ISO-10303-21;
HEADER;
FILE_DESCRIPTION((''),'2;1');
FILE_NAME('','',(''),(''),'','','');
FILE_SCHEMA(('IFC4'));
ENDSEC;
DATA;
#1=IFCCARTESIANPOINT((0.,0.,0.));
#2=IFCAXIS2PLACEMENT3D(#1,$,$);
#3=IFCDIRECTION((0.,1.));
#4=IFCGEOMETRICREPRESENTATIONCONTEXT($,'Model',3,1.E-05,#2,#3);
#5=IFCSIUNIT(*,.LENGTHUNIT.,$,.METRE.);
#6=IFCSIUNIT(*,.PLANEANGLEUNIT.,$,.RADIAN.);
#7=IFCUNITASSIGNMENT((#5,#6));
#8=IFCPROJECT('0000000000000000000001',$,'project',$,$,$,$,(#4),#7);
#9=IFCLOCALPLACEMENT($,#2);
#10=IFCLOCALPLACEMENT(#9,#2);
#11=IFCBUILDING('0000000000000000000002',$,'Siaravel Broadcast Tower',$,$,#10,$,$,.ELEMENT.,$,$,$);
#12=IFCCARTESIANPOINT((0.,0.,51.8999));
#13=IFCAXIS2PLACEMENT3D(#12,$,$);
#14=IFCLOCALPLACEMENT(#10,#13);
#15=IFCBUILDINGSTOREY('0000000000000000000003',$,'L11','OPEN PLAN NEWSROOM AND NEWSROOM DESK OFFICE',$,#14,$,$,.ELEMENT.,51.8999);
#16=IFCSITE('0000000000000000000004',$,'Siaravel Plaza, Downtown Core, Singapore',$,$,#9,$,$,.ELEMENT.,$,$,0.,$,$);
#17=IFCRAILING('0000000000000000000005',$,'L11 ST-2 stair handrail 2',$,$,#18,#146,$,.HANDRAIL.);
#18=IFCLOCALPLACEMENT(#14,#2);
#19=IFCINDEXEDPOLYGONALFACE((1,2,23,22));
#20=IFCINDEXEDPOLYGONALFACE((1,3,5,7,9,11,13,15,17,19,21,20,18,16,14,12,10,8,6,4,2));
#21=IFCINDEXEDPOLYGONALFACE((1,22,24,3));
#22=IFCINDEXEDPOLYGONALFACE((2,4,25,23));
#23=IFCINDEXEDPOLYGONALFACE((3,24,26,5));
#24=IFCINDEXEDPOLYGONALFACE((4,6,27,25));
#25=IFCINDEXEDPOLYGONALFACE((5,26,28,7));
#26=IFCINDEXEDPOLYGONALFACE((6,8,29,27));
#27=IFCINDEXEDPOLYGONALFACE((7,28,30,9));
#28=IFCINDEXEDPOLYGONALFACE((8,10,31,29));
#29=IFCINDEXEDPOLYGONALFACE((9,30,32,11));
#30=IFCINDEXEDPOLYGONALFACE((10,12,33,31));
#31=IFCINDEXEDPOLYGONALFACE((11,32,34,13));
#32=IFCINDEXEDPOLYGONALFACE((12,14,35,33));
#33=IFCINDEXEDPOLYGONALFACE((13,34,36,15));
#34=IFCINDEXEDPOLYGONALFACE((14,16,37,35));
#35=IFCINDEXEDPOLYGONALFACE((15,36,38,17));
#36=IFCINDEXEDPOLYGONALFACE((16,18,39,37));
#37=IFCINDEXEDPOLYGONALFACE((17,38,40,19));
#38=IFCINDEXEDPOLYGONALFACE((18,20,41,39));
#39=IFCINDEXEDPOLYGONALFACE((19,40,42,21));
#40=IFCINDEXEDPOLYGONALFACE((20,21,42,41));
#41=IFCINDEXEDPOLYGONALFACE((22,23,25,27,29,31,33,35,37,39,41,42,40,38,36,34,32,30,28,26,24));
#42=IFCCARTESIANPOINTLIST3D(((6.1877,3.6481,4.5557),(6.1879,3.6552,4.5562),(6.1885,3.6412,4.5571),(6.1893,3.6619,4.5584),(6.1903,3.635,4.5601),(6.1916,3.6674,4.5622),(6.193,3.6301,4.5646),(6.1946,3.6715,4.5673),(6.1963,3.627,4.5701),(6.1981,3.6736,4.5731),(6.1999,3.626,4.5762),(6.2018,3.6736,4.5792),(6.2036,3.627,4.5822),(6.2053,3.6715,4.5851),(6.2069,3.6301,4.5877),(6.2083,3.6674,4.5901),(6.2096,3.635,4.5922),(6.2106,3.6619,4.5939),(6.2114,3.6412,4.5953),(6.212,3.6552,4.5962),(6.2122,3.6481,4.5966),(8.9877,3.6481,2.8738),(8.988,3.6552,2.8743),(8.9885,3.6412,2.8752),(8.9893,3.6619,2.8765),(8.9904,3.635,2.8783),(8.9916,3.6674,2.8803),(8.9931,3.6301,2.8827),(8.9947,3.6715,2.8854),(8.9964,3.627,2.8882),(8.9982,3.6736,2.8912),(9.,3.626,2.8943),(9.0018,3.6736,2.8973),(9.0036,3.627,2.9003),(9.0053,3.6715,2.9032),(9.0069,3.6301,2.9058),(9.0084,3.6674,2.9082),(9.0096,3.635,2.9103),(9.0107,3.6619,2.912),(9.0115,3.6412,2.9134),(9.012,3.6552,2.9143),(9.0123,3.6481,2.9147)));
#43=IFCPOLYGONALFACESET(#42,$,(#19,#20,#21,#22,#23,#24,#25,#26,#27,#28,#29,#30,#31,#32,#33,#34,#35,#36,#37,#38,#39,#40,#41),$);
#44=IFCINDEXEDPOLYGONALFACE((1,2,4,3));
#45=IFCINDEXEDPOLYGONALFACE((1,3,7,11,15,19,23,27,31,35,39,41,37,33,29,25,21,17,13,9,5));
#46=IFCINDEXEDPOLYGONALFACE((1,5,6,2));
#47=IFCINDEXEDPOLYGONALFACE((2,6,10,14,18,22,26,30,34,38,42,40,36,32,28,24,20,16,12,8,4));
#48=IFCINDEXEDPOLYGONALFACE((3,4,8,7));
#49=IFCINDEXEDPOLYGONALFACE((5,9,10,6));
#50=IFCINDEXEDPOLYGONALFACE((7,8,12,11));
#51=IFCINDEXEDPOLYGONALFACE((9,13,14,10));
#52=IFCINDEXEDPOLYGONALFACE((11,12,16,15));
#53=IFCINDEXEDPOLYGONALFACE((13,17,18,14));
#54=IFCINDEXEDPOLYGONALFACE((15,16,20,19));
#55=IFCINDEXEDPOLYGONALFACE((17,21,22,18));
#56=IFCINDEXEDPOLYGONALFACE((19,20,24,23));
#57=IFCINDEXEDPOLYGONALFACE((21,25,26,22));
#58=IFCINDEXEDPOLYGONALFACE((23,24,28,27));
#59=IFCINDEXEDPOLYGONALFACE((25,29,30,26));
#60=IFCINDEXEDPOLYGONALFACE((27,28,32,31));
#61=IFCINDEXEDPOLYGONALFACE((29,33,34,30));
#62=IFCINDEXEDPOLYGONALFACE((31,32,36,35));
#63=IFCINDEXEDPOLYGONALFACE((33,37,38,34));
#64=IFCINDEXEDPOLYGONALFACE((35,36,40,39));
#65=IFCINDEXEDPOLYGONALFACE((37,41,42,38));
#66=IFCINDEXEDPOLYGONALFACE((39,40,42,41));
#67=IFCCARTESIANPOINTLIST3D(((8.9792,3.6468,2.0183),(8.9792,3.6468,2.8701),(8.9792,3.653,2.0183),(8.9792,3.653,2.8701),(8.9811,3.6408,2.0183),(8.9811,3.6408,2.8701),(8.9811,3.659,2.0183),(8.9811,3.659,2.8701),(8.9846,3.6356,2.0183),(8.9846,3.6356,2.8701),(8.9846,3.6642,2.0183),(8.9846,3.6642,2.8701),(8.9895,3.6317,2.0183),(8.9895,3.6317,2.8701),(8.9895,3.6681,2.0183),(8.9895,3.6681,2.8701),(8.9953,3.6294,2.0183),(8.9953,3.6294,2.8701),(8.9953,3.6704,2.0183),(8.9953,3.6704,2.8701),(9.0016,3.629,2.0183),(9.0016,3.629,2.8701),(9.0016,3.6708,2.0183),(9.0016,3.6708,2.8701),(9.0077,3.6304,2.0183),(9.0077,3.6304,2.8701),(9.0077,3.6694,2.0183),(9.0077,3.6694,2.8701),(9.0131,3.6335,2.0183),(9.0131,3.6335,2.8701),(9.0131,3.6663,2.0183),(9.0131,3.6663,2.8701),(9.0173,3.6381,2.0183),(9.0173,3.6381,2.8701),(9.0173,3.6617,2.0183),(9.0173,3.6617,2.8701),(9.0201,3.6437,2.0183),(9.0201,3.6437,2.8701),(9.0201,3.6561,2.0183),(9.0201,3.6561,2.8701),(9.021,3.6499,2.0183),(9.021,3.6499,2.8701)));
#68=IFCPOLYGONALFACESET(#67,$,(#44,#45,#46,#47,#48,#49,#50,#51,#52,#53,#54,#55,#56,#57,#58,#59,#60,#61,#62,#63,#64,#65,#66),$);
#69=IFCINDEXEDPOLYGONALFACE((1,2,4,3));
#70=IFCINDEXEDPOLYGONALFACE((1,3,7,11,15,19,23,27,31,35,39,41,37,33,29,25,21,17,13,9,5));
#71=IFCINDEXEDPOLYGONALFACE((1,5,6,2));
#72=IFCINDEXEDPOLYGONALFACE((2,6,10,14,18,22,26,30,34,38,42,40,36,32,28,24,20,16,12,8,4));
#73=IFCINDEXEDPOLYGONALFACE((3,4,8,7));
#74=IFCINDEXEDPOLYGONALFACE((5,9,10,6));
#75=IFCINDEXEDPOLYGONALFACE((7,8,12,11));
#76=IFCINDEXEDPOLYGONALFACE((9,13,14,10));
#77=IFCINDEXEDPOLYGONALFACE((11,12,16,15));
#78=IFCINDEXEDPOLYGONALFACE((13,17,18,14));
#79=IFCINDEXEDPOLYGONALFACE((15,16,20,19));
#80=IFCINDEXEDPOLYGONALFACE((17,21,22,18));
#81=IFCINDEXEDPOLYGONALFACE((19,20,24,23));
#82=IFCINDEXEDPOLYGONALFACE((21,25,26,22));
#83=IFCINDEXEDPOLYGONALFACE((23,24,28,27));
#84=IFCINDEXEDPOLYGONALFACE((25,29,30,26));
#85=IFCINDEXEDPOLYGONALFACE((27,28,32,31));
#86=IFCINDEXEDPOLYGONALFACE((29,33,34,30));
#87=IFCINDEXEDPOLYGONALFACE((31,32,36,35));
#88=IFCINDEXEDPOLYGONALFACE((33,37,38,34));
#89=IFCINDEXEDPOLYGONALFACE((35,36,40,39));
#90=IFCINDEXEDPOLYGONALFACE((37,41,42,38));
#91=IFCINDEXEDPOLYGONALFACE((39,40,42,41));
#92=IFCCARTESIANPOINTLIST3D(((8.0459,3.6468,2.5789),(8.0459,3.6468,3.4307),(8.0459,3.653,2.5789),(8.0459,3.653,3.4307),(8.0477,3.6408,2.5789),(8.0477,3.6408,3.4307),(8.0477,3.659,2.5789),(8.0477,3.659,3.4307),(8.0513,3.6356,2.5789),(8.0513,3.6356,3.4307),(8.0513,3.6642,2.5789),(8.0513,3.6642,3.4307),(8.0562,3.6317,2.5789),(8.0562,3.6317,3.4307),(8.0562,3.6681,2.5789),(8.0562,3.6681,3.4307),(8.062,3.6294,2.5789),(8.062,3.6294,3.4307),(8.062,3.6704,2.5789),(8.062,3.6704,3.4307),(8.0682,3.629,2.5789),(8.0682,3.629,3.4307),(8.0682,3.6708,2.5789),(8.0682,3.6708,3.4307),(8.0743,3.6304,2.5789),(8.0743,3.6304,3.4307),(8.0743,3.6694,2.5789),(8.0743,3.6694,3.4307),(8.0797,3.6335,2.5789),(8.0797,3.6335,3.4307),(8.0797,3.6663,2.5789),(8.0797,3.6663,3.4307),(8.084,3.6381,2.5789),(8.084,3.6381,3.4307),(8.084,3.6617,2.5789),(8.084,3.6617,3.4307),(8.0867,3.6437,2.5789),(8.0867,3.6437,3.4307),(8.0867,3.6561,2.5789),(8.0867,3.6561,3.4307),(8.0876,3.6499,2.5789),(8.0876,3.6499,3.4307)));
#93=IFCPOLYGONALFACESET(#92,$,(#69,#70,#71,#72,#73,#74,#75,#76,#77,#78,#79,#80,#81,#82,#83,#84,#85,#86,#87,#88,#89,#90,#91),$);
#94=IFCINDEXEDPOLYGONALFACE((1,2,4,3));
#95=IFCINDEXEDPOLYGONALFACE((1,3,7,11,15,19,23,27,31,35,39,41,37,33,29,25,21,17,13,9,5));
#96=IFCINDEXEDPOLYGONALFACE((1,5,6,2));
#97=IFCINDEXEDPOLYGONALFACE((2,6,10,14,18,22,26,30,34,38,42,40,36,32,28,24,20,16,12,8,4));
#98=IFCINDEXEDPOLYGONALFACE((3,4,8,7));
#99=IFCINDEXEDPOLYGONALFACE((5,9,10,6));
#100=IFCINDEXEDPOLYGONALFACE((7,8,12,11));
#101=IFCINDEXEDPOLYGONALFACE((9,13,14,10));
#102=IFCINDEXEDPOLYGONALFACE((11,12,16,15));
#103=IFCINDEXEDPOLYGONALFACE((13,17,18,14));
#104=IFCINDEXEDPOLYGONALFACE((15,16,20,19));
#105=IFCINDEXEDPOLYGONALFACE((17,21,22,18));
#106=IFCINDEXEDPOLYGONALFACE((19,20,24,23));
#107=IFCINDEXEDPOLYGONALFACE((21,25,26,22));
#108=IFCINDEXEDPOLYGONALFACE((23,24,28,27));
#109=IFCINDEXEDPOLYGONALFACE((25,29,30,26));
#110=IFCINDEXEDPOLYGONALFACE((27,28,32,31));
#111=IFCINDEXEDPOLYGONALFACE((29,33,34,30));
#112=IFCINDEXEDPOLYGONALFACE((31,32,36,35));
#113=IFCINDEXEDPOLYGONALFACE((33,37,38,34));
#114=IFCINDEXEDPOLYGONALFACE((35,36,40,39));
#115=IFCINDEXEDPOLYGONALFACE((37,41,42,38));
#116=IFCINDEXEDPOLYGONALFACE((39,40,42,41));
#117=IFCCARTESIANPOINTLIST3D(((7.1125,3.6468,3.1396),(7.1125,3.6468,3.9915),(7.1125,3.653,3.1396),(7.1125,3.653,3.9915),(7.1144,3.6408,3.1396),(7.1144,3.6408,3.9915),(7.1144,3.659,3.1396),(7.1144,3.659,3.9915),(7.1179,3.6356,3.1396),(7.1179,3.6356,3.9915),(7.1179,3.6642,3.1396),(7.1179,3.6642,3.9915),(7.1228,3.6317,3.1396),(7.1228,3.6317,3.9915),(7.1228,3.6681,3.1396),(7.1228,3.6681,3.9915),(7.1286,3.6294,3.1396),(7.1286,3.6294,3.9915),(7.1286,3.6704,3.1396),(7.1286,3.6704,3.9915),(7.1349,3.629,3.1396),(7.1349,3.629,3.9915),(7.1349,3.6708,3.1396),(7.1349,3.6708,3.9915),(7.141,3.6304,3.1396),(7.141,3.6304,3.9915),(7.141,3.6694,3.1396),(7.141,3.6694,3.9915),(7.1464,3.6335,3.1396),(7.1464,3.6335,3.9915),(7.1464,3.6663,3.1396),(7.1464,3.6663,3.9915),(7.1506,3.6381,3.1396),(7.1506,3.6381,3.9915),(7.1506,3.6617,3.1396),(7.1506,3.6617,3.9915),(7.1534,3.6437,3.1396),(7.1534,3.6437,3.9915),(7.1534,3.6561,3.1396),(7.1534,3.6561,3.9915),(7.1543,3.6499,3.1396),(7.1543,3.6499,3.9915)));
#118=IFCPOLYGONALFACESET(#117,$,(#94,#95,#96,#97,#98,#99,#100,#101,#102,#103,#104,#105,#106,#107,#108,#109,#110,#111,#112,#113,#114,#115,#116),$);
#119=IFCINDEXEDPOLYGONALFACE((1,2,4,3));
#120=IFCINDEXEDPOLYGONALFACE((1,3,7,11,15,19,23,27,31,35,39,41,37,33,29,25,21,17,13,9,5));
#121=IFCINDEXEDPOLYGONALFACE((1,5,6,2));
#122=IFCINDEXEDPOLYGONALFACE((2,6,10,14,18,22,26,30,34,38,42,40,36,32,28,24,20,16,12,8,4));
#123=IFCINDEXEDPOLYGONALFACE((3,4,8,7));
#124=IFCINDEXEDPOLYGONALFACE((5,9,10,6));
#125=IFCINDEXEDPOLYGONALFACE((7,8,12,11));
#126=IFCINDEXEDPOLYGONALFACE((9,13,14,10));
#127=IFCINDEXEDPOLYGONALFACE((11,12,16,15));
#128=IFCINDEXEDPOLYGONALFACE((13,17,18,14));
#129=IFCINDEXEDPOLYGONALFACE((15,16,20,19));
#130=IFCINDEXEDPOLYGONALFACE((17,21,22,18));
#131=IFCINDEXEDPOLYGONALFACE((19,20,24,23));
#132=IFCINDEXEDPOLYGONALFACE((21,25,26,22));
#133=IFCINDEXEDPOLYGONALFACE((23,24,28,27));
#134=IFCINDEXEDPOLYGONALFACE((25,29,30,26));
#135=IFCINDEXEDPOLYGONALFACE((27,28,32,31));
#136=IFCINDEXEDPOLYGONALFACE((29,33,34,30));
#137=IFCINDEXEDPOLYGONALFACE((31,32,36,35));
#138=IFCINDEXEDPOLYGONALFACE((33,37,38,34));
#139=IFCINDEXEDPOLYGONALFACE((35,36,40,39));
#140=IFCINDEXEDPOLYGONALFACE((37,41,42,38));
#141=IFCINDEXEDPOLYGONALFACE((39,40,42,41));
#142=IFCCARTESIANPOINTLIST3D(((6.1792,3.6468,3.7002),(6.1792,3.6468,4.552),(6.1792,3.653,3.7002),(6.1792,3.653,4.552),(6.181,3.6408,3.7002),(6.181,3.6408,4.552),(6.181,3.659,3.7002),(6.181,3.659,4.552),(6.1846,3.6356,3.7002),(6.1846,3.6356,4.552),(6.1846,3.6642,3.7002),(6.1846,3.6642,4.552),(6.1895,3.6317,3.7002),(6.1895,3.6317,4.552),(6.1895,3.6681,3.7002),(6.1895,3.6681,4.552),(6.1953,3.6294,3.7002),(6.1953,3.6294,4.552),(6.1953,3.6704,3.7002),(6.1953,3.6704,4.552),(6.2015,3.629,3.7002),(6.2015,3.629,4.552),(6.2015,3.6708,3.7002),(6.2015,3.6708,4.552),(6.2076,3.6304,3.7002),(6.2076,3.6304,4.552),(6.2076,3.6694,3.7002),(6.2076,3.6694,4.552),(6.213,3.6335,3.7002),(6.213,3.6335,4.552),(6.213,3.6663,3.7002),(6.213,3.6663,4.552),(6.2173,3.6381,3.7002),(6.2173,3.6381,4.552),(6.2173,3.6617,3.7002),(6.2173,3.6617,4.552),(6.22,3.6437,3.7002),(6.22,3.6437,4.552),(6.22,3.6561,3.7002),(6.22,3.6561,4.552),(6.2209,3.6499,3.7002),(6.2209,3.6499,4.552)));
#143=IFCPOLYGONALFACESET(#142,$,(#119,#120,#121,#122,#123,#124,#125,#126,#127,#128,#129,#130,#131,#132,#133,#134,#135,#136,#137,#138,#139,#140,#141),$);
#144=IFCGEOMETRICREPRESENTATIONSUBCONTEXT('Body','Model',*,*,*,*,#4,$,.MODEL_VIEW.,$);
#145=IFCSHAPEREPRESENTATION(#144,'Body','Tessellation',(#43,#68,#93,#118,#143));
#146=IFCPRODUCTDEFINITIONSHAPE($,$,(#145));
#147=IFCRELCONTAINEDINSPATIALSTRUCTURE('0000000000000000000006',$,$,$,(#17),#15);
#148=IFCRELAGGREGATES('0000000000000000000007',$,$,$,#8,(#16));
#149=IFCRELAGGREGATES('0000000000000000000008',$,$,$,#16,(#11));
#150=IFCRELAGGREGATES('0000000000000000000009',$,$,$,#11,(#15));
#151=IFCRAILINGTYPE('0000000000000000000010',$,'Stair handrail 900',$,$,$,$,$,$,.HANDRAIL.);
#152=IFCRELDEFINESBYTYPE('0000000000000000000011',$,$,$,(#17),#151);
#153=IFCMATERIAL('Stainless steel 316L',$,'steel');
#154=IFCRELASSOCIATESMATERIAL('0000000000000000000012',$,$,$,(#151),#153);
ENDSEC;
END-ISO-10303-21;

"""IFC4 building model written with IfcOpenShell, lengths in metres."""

from ifc_helpers import new_model, si_unit, direction, frame, origin, origin_2d, place, context, subcontext, project, spatial, circle, extrude, material, type_object, element, save


model = new_model("IFC4")

# Units and contexts
model_context = context("Model", 3, precision=1e-05, world=origin(), true_north=direction((0.0, 1.0)))
body_context = subcontext(model_context, "Body", "Model", "MODEL_VIEW")
ifc_project = project(units=[si_unit("LENGTHUNIT", "METRE"), si_unit("PLANEANGLEUNIT", "RADIAN")], contexts=[model_context])

# Site, building, storey
site_placement = place(None, origin())
site = spatial("IfcSite", under=ifc_project, at=site_placement, Name="Siaravel Plaza, Downtown Core, Singapore", CompositionType="ELEMENT", RefElevation=0.0)
building_placement = place(site_placement, origin())
building = spatial("IfcBuilding", under=site, at=building_placement, Name="Siaravel Broadcast Tower", CompositionType="ELEMENT")
storey_placement = place(building_placement, frame((0.0, 0.0, 51.8999)))
storey = spatial("IfcBuildingStorey", under=building, at=storey_placement, Name="L11", Description="OPEN PLAN NEWSROOM AND NEWSROOM DESK OFFICE", CompositionType="ELEMENT", Elevation=51.8999)

# Railing
ifc_material_1 = material(Name="Stainless steel 316L", Category="steel")
railing_type_1 = type_object("IfcRailingType", Name="Stair handrail 900", PredefinedType="HANDRAIL", material=ifc_material_1)
railing_1_placement = place(storey_placement, frame((9.0, 3.6499, 2.0183)))
element("IfcRailing", 1, at=railing_1_placement, inside=storey, type_object=railing_type_1, Name="L11 ST-2 stair handrail 2", PredefinedType="HANDRAIL", context=body_context, shape_type="SweptSolid", body=[
    extrude(circle(Radius=0.0239, at=origin_2d()), frame((0.0, 0.0, 0.876), z_axis=(-0.857242, 0.0, 0.514913), x_axis=(0.0, -1.0, 0.0)), (0.0, 0.0, 1.0), 3.2664),
    extrude(circle(Radius=0.021, at=origin_2d()), origin(), (0.0, 0.0, 1.0), 0.8518),
    extrude(circle(Radius=0.021, at=origin_2d()), frame((-0.9333, 0.0, 0.5605)), (0.0, 0.0, 1.0), 0.8518),
    extrude(circle(Radius=0.021, at=origin_2d()), frame((-1.8667, 0.0, 1.1213)), (0.0, 0.0, 1.0), 0.8518),
    extrude(circle(Radius=0.021, at=origin_2d()), frame((-2.8, 0.0, 1.6819)), (0.0, 0.0, 1.0), 0.8518),
])

save(model, "model.ifc")
